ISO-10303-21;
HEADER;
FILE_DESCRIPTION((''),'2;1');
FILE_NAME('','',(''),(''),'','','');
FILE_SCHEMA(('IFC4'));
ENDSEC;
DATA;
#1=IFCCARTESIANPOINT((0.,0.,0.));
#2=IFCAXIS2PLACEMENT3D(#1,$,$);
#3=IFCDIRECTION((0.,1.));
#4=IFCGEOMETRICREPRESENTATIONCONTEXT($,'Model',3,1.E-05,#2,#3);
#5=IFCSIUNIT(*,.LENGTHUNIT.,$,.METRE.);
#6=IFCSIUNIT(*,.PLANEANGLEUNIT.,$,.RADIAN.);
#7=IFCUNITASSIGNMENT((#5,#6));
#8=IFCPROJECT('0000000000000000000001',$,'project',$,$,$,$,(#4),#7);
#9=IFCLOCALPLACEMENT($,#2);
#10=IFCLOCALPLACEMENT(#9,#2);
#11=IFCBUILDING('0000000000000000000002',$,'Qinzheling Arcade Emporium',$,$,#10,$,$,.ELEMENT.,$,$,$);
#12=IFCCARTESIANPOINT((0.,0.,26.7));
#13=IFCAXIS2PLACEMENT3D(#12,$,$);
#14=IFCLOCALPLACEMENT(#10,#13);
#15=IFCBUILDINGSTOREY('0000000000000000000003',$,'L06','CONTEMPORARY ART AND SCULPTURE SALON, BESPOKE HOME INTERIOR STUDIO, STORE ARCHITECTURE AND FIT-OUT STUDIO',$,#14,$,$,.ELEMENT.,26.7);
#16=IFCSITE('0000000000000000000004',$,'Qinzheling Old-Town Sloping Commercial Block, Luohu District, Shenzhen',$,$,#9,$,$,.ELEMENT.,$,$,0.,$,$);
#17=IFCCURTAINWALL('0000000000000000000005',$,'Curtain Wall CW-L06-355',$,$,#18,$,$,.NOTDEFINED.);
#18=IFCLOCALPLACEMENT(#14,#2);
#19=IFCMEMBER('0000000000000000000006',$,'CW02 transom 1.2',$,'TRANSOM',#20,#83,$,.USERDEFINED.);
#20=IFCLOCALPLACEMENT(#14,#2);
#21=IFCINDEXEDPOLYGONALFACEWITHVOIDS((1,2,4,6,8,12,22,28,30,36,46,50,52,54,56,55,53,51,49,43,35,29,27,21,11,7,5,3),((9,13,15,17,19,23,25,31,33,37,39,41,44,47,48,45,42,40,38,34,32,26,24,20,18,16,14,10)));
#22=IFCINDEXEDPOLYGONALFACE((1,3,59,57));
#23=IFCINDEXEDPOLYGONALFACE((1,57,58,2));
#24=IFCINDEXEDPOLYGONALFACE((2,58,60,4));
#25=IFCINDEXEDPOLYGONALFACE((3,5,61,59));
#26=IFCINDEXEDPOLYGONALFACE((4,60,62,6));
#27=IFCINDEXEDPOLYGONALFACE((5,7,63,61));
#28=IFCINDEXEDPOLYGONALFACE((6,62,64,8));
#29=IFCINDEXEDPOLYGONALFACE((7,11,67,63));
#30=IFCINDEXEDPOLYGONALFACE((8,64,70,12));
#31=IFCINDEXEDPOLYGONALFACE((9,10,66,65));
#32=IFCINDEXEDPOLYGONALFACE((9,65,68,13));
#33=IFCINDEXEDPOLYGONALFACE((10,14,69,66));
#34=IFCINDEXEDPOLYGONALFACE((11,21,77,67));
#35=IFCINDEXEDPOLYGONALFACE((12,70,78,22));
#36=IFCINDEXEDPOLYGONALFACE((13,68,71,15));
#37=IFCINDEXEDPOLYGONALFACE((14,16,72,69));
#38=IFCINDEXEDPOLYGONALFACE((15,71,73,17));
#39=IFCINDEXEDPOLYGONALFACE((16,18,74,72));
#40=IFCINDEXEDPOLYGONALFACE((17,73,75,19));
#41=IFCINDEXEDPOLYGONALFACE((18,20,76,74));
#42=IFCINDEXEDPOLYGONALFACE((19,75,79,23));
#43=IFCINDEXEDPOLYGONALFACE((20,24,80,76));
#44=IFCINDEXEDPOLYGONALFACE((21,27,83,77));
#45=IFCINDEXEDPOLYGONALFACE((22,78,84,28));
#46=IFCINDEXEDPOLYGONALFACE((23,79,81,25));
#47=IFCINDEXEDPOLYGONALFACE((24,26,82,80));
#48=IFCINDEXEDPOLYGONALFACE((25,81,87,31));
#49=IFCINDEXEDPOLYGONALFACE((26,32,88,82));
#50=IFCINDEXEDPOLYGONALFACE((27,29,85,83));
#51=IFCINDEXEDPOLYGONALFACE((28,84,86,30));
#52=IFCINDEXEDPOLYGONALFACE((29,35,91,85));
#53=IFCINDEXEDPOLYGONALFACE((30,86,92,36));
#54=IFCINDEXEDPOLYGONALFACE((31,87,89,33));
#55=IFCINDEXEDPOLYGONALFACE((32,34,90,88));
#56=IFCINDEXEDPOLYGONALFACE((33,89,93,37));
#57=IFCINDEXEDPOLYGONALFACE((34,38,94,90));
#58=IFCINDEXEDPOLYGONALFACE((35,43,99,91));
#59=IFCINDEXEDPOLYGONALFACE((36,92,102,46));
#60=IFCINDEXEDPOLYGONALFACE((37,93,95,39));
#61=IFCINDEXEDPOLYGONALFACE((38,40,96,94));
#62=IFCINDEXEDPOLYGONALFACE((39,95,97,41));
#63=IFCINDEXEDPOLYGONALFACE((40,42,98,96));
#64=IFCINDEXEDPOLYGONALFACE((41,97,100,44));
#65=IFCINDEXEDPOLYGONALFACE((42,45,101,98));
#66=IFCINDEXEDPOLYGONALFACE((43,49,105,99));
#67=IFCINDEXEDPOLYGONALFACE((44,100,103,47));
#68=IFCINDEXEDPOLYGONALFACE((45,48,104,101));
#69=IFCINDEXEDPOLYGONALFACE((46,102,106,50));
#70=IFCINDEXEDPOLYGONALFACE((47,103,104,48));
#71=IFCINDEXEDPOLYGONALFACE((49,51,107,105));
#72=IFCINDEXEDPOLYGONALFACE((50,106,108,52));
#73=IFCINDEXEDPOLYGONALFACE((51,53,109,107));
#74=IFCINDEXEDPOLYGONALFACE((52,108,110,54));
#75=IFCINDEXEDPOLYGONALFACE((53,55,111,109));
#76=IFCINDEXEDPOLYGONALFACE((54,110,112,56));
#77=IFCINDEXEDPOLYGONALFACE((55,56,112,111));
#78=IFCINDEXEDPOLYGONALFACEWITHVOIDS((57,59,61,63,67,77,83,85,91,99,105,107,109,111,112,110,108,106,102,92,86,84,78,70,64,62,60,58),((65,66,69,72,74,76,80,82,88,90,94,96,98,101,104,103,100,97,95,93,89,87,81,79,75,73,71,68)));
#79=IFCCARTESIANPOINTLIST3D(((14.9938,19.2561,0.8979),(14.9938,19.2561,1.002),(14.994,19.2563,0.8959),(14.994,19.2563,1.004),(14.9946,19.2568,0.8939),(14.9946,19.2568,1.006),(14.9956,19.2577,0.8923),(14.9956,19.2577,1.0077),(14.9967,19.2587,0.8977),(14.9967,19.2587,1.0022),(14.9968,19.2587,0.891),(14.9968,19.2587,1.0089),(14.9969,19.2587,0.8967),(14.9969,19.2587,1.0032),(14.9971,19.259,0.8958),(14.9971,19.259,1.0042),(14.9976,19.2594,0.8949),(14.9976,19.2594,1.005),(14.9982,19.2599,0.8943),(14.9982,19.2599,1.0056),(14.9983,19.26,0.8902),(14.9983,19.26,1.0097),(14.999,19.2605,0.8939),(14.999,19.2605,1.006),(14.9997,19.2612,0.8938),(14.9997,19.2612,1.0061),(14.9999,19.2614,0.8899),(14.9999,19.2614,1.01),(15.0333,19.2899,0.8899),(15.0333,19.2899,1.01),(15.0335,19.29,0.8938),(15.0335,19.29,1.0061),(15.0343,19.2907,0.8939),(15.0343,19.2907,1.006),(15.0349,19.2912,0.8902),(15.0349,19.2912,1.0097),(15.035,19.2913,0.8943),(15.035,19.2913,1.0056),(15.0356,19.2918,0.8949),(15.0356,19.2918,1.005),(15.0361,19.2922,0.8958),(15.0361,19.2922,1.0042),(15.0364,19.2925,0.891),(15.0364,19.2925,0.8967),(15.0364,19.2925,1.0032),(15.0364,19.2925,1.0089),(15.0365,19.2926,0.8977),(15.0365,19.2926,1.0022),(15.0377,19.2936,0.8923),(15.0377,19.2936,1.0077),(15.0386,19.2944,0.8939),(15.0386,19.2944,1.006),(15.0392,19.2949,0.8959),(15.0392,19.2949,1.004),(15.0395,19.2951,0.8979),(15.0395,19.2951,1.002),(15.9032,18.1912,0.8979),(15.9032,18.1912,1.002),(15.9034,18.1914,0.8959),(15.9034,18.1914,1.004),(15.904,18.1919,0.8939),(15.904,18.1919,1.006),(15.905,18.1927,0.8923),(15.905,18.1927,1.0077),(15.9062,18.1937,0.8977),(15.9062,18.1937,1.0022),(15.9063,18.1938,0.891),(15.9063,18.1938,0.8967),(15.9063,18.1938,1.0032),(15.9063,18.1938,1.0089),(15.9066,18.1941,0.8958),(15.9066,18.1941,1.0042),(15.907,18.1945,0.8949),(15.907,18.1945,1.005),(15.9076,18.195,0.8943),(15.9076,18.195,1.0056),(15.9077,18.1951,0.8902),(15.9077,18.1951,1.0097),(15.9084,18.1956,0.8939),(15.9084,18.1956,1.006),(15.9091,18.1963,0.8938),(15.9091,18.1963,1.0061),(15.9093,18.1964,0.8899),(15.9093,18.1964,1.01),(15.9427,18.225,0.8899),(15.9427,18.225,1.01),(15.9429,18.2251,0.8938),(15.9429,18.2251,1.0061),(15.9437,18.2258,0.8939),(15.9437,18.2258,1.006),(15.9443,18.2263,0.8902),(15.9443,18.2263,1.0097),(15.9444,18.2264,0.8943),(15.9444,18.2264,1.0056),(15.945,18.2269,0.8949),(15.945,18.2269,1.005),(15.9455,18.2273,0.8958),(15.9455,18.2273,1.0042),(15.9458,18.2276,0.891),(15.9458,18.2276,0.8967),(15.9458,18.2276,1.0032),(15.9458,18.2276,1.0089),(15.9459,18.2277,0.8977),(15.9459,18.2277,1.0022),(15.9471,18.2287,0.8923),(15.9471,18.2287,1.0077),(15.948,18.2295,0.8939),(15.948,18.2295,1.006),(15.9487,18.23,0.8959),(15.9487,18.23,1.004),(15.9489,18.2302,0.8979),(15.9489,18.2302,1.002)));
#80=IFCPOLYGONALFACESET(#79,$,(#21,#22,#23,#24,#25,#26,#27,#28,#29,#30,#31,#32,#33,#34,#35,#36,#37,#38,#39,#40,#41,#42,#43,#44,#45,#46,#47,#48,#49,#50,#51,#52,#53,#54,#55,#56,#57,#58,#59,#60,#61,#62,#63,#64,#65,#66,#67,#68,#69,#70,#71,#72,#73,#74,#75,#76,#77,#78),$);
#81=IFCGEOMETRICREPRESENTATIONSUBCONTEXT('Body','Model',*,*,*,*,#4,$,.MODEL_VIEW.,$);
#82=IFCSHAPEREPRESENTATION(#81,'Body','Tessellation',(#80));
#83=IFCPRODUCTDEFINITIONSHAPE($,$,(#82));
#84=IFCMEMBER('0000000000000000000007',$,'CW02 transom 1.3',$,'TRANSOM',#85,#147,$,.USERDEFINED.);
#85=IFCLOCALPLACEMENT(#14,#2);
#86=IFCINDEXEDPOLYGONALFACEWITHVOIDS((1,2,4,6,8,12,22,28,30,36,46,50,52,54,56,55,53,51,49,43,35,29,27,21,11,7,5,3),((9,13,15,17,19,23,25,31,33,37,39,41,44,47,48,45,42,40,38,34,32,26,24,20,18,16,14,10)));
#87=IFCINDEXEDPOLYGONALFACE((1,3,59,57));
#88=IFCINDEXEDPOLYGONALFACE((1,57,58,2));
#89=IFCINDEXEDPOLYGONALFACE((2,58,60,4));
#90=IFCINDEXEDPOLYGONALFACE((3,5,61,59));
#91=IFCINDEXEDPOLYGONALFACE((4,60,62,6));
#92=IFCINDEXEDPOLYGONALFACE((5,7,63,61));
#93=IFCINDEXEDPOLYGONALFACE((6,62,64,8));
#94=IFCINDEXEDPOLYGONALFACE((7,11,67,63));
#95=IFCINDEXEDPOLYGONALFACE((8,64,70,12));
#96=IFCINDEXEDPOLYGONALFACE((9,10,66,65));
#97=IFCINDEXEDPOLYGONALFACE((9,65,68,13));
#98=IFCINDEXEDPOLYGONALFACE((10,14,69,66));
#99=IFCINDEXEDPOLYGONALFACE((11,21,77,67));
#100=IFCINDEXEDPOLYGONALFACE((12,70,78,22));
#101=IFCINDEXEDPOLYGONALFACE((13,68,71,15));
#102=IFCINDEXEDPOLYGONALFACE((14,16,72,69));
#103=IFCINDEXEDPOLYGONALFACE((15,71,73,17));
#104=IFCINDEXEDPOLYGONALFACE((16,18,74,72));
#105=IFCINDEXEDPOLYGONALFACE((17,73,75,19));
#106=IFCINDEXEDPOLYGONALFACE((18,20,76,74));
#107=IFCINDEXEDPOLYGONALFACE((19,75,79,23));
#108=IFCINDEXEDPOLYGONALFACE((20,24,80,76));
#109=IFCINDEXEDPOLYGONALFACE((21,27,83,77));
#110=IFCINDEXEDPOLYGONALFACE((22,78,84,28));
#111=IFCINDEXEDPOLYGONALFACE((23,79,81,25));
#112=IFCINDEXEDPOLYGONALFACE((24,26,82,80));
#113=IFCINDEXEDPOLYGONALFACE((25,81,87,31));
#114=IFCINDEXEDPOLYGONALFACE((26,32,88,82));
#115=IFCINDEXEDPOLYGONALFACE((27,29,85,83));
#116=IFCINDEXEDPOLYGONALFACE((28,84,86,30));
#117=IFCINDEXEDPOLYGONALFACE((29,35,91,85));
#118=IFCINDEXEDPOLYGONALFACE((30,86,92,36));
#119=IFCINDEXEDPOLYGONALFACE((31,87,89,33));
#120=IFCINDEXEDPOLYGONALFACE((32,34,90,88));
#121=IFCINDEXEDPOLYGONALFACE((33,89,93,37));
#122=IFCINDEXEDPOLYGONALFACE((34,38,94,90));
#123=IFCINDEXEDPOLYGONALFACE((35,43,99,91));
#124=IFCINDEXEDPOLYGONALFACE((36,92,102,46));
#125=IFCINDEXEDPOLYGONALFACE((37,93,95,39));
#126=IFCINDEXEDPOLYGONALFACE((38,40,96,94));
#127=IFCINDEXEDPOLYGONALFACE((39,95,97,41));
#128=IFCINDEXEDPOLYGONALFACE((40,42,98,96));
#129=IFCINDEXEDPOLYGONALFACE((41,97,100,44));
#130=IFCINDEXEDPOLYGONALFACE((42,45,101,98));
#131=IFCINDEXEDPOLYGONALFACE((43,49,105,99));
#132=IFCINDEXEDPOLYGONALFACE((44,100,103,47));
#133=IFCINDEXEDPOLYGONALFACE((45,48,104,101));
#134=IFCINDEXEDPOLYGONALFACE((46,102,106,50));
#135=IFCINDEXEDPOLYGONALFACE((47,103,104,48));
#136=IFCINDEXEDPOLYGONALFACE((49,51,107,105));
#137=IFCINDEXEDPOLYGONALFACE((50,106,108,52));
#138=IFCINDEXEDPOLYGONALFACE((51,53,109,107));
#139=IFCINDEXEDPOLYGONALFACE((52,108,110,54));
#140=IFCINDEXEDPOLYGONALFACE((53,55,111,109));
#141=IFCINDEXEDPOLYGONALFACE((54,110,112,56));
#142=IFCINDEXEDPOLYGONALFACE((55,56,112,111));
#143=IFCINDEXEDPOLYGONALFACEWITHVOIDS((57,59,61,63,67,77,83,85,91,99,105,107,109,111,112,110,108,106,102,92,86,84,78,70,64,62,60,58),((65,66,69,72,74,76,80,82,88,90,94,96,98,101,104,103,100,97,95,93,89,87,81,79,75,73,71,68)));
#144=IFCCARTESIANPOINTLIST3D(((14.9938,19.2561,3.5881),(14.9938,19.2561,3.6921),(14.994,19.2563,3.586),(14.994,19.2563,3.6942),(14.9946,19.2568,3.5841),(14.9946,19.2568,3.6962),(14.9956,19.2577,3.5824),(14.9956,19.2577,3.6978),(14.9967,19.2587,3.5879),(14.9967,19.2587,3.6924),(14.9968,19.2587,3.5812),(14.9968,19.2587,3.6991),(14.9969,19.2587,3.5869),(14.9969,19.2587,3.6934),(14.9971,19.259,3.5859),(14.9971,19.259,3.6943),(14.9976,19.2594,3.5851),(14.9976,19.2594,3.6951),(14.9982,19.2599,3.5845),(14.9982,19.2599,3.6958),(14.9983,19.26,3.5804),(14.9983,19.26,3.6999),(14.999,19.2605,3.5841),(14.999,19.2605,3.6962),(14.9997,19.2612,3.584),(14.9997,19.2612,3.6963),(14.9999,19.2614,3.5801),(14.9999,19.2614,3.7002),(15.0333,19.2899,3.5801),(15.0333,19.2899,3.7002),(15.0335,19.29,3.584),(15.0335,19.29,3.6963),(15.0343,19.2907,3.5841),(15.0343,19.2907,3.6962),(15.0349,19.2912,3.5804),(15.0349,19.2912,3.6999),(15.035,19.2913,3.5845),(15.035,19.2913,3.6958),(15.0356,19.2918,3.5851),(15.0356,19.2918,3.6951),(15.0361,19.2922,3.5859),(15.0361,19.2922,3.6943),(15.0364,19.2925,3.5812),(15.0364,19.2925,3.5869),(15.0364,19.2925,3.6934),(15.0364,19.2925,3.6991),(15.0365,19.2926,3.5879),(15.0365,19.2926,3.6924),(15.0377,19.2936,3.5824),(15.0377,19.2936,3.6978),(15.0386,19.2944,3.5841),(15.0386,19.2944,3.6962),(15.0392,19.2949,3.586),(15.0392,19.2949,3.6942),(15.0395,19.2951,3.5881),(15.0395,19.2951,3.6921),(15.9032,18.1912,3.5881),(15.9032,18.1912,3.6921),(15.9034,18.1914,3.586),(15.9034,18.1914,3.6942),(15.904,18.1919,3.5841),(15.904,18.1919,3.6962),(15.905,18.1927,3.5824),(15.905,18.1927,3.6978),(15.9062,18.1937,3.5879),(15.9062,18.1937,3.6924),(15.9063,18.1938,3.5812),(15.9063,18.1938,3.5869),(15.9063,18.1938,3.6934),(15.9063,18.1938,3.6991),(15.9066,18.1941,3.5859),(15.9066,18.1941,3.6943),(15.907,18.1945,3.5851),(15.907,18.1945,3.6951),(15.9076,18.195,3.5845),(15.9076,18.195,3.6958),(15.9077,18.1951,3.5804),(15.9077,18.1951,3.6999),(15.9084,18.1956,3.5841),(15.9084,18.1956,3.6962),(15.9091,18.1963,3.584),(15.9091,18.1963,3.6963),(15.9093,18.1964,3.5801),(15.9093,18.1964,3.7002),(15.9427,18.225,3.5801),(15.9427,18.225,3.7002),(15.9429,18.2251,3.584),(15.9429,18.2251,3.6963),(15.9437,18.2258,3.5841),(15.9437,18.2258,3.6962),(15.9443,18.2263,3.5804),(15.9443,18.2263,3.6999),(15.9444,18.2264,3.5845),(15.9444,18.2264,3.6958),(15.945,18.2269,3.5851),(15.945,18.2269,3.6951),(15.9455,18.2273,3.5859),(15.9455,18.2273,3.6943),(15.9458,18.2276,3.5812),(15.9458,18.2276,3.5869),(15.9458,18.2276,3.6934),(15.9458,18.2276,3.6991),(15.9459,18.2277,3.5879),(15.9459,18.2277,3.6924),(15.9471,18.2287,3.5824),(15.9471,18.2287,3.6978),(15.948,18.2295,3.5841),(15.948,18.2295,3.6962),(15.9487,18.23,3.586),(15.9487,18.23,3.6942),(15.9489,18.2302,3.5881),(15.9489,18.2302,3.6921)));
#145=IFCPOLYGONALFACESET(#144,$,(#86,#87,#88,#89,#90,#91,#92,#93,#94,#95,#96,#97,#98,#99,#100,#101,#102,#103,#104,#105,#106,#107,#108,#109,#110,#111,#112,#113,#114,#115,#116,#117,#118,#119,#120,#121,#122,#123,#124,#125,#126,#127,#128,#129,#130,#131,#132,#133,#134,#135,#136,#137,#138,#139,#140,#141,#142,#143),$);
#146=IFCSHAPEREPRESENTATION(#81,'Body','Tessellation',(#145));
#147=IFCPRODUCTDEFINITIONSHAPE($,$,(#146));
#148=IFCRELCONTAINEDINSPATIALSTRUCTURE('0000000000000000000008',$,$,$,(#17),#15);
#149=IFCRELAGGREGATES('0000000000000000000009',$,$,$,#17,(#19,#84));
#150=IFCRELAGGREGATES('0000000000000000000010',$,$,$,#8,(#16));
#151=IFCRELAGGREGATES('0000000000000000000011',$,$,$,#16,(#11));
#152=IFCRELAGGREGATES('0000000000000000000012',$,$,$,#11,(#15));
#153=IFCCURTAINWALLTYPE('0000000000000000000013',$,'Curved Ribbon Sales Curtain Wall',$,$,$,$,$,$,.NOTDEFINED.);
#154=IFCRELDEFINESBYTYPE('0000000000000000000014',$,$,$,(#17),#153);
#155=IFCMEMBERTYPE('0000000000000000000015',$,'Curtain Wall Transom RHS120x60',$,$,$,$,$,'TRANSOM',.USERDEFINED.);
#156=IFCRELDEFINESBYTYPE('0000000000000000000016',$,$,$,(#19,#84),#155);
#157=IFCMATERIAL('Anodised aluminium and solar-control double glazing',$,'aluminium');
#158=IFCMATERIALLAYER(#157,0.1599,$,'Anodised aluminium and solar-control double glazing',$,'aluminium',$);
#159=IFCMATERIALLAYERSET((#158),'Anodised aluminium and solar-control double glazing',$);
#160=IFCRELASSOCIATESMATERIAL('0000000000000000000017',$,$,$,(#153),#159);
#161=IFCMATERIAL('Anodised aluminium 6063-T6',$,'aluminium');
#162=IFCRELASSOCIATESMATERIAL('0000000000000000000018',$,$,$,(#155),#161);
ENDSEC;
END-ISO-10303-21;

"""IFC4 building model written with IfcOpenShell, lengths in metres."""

from ifc_helpers import new_model, si_unit, direction, frame, origin, origin_2d, place, context, subcontext, project, spatial, hollow_rectangle, extrude, material, layer, layer_set, material_profile, profile_set, type_object, element, aggregate, save


model = new_model("IFC4")

# Units and contexts
model_context = context("Model", 3, precision=1e-05, world=origin(), true_north=direction((0.0, 1.0)))
body_context = subcontext(model_context, "Body", "Model", "MODEL_VIEW")
ifc_project = project(units=[si_unit("LENGTHUNIT", "METRE"), si_unit("PLANEANGLEUNIT", "RADIAN")], contexts=[model_context])

# Site, building, storey
site_placement = place(None, origin())
site = spatial("IfcSite", under=ifc_project, at=site_placement, Name="Qinzheling Old-Town Sloping Commercial Block, Luohu District, Shenzhen", CompositionType="ELEMENT", RefElevation=0.0)
building_placement = place(site_placement, origin())
building = spatial("IfcBuilding", under=site, at=building_placement, Name="Qinzheling Arcade Emporium", CompositionType="ELEMENT")
storey_placement = place(building_placement, frame((0.0, 0.0, 26.7)))
storey = spatial("IfcBuildingStorey", under=building, at=storey_placement, Name="L06", Description="CONTEMPORARY ART AND SCULPTURE SALON, BESPOKE HOME INTERIOR STUDIO, STORE ARCHITECTURE AND FIT-OUT STUDIO", CompositionType="ELEMENT", Elevation=26.7)

# Curtain wall
ifc_material_1 = material(Name="Anodised aluminium and solar-control double glazing", Category="aluminium")
ifc_layer_1 = layer(ifc_material_1, 0.1599, Name="Anodised aluminium and solar-control double glazing", Category="aluminium")
ifc_layer_set_1 = layer_set([ifc_layer_1], Name="Anodised aluminium and solar-control double glazing")
curtain_wall_type = type_object("IfcCurtainWallType", Name="Curved Ribbon Sales Curtain Wall", PredefinedType="NOTDEFINED", material=ifc_layer_set_1)
ifc_material_2 = material(Name="Anodised aluminium 6063-T6", Category="aluminium")
curtain_wall_1_placement = place(storey_placement, origin())
curtain_wall_1 = element("IfcCurtainWall", 1, at=curtain_wall_1_placement, inside=storey, type_object=curtain_wall_type, Name="Curtain Wall CW-L06-355", PredefinedType="NOTDEFINED")

# Members
ifc_material_profile_1 = material_profile(ifc_material_2, hollow_rectangle(XDim=0.0601, YDim=0.1201, WallThickness=0.0039, InnerFilletRadius=0.0039, OuterFilletRadius=0.0081, at=origin_2d()), Name="RHS 120x60x4", Category="aluminium")
ifc_profile_set_1 = profile_set([ifc_material_profile_1], Name="Anodised aluminium 6063-T6")
member_type_1 = type_object("IfcMemberType", Name="Curtain Wall Transom RHS120x60", ElementType="TRANSOM", PredefinedType="USERDEFINED", material=ifc_profile_set_1)
member_1_placement = place(storey_placement, frame((15.926, 18.2107, 0.95), z_axis=(-0.649398, 0.760449, 0.0), x_axis=(-0.760449, -0.649398, 0.0)))
member_1 = element("IfcMember", 2, at=member_1_placement, type_object=member_type_1, Name="CW02 transom 1.2", ObjectType="TRANSOM", PredefinedType="USERDEFINED", context=body_context, shape_type="SweptSolid", body=[
    extrude(hollow_rectangle(XDim=0.0601, YDim=0.1201, WallThickness=0.0039, InnerFilletRadius=0.0039, OuterFilletRadius=0.0081, at=origin_2d()), origin(), (0.0, 0.0, 1.0), 1.4004),
])
member_2_placement = place(storey_placement, frame((15.926, 18.2107, 3.6401), z_axis=(-0.649398, 0.760449, 0.0), x_axis=(-0.760449, -0.649398, 0.0)))
member_2 = element("IfcMember", 3, at=member_2_placement, type_object=member_type_1, Name="CW02 transom 1.3", ObjectType="TRANSOM", PredefinedType="USERDEFINED", context=body_context, shape_type="SweptSolid", body=[
    extrude(hollow_rectangle(XDim=0.0601, YDim=0.1201, WallThickness=0.0039, InnerFilletRadius=0.0039, OuterFilletRadius=0.0081, at=origin_2d()), origin(), (0.0, 0.0, 1.0), 1.4004),
])

aggregate(curtain_wall_1, [member_1, member_2])

save(model, "model.ifc")
